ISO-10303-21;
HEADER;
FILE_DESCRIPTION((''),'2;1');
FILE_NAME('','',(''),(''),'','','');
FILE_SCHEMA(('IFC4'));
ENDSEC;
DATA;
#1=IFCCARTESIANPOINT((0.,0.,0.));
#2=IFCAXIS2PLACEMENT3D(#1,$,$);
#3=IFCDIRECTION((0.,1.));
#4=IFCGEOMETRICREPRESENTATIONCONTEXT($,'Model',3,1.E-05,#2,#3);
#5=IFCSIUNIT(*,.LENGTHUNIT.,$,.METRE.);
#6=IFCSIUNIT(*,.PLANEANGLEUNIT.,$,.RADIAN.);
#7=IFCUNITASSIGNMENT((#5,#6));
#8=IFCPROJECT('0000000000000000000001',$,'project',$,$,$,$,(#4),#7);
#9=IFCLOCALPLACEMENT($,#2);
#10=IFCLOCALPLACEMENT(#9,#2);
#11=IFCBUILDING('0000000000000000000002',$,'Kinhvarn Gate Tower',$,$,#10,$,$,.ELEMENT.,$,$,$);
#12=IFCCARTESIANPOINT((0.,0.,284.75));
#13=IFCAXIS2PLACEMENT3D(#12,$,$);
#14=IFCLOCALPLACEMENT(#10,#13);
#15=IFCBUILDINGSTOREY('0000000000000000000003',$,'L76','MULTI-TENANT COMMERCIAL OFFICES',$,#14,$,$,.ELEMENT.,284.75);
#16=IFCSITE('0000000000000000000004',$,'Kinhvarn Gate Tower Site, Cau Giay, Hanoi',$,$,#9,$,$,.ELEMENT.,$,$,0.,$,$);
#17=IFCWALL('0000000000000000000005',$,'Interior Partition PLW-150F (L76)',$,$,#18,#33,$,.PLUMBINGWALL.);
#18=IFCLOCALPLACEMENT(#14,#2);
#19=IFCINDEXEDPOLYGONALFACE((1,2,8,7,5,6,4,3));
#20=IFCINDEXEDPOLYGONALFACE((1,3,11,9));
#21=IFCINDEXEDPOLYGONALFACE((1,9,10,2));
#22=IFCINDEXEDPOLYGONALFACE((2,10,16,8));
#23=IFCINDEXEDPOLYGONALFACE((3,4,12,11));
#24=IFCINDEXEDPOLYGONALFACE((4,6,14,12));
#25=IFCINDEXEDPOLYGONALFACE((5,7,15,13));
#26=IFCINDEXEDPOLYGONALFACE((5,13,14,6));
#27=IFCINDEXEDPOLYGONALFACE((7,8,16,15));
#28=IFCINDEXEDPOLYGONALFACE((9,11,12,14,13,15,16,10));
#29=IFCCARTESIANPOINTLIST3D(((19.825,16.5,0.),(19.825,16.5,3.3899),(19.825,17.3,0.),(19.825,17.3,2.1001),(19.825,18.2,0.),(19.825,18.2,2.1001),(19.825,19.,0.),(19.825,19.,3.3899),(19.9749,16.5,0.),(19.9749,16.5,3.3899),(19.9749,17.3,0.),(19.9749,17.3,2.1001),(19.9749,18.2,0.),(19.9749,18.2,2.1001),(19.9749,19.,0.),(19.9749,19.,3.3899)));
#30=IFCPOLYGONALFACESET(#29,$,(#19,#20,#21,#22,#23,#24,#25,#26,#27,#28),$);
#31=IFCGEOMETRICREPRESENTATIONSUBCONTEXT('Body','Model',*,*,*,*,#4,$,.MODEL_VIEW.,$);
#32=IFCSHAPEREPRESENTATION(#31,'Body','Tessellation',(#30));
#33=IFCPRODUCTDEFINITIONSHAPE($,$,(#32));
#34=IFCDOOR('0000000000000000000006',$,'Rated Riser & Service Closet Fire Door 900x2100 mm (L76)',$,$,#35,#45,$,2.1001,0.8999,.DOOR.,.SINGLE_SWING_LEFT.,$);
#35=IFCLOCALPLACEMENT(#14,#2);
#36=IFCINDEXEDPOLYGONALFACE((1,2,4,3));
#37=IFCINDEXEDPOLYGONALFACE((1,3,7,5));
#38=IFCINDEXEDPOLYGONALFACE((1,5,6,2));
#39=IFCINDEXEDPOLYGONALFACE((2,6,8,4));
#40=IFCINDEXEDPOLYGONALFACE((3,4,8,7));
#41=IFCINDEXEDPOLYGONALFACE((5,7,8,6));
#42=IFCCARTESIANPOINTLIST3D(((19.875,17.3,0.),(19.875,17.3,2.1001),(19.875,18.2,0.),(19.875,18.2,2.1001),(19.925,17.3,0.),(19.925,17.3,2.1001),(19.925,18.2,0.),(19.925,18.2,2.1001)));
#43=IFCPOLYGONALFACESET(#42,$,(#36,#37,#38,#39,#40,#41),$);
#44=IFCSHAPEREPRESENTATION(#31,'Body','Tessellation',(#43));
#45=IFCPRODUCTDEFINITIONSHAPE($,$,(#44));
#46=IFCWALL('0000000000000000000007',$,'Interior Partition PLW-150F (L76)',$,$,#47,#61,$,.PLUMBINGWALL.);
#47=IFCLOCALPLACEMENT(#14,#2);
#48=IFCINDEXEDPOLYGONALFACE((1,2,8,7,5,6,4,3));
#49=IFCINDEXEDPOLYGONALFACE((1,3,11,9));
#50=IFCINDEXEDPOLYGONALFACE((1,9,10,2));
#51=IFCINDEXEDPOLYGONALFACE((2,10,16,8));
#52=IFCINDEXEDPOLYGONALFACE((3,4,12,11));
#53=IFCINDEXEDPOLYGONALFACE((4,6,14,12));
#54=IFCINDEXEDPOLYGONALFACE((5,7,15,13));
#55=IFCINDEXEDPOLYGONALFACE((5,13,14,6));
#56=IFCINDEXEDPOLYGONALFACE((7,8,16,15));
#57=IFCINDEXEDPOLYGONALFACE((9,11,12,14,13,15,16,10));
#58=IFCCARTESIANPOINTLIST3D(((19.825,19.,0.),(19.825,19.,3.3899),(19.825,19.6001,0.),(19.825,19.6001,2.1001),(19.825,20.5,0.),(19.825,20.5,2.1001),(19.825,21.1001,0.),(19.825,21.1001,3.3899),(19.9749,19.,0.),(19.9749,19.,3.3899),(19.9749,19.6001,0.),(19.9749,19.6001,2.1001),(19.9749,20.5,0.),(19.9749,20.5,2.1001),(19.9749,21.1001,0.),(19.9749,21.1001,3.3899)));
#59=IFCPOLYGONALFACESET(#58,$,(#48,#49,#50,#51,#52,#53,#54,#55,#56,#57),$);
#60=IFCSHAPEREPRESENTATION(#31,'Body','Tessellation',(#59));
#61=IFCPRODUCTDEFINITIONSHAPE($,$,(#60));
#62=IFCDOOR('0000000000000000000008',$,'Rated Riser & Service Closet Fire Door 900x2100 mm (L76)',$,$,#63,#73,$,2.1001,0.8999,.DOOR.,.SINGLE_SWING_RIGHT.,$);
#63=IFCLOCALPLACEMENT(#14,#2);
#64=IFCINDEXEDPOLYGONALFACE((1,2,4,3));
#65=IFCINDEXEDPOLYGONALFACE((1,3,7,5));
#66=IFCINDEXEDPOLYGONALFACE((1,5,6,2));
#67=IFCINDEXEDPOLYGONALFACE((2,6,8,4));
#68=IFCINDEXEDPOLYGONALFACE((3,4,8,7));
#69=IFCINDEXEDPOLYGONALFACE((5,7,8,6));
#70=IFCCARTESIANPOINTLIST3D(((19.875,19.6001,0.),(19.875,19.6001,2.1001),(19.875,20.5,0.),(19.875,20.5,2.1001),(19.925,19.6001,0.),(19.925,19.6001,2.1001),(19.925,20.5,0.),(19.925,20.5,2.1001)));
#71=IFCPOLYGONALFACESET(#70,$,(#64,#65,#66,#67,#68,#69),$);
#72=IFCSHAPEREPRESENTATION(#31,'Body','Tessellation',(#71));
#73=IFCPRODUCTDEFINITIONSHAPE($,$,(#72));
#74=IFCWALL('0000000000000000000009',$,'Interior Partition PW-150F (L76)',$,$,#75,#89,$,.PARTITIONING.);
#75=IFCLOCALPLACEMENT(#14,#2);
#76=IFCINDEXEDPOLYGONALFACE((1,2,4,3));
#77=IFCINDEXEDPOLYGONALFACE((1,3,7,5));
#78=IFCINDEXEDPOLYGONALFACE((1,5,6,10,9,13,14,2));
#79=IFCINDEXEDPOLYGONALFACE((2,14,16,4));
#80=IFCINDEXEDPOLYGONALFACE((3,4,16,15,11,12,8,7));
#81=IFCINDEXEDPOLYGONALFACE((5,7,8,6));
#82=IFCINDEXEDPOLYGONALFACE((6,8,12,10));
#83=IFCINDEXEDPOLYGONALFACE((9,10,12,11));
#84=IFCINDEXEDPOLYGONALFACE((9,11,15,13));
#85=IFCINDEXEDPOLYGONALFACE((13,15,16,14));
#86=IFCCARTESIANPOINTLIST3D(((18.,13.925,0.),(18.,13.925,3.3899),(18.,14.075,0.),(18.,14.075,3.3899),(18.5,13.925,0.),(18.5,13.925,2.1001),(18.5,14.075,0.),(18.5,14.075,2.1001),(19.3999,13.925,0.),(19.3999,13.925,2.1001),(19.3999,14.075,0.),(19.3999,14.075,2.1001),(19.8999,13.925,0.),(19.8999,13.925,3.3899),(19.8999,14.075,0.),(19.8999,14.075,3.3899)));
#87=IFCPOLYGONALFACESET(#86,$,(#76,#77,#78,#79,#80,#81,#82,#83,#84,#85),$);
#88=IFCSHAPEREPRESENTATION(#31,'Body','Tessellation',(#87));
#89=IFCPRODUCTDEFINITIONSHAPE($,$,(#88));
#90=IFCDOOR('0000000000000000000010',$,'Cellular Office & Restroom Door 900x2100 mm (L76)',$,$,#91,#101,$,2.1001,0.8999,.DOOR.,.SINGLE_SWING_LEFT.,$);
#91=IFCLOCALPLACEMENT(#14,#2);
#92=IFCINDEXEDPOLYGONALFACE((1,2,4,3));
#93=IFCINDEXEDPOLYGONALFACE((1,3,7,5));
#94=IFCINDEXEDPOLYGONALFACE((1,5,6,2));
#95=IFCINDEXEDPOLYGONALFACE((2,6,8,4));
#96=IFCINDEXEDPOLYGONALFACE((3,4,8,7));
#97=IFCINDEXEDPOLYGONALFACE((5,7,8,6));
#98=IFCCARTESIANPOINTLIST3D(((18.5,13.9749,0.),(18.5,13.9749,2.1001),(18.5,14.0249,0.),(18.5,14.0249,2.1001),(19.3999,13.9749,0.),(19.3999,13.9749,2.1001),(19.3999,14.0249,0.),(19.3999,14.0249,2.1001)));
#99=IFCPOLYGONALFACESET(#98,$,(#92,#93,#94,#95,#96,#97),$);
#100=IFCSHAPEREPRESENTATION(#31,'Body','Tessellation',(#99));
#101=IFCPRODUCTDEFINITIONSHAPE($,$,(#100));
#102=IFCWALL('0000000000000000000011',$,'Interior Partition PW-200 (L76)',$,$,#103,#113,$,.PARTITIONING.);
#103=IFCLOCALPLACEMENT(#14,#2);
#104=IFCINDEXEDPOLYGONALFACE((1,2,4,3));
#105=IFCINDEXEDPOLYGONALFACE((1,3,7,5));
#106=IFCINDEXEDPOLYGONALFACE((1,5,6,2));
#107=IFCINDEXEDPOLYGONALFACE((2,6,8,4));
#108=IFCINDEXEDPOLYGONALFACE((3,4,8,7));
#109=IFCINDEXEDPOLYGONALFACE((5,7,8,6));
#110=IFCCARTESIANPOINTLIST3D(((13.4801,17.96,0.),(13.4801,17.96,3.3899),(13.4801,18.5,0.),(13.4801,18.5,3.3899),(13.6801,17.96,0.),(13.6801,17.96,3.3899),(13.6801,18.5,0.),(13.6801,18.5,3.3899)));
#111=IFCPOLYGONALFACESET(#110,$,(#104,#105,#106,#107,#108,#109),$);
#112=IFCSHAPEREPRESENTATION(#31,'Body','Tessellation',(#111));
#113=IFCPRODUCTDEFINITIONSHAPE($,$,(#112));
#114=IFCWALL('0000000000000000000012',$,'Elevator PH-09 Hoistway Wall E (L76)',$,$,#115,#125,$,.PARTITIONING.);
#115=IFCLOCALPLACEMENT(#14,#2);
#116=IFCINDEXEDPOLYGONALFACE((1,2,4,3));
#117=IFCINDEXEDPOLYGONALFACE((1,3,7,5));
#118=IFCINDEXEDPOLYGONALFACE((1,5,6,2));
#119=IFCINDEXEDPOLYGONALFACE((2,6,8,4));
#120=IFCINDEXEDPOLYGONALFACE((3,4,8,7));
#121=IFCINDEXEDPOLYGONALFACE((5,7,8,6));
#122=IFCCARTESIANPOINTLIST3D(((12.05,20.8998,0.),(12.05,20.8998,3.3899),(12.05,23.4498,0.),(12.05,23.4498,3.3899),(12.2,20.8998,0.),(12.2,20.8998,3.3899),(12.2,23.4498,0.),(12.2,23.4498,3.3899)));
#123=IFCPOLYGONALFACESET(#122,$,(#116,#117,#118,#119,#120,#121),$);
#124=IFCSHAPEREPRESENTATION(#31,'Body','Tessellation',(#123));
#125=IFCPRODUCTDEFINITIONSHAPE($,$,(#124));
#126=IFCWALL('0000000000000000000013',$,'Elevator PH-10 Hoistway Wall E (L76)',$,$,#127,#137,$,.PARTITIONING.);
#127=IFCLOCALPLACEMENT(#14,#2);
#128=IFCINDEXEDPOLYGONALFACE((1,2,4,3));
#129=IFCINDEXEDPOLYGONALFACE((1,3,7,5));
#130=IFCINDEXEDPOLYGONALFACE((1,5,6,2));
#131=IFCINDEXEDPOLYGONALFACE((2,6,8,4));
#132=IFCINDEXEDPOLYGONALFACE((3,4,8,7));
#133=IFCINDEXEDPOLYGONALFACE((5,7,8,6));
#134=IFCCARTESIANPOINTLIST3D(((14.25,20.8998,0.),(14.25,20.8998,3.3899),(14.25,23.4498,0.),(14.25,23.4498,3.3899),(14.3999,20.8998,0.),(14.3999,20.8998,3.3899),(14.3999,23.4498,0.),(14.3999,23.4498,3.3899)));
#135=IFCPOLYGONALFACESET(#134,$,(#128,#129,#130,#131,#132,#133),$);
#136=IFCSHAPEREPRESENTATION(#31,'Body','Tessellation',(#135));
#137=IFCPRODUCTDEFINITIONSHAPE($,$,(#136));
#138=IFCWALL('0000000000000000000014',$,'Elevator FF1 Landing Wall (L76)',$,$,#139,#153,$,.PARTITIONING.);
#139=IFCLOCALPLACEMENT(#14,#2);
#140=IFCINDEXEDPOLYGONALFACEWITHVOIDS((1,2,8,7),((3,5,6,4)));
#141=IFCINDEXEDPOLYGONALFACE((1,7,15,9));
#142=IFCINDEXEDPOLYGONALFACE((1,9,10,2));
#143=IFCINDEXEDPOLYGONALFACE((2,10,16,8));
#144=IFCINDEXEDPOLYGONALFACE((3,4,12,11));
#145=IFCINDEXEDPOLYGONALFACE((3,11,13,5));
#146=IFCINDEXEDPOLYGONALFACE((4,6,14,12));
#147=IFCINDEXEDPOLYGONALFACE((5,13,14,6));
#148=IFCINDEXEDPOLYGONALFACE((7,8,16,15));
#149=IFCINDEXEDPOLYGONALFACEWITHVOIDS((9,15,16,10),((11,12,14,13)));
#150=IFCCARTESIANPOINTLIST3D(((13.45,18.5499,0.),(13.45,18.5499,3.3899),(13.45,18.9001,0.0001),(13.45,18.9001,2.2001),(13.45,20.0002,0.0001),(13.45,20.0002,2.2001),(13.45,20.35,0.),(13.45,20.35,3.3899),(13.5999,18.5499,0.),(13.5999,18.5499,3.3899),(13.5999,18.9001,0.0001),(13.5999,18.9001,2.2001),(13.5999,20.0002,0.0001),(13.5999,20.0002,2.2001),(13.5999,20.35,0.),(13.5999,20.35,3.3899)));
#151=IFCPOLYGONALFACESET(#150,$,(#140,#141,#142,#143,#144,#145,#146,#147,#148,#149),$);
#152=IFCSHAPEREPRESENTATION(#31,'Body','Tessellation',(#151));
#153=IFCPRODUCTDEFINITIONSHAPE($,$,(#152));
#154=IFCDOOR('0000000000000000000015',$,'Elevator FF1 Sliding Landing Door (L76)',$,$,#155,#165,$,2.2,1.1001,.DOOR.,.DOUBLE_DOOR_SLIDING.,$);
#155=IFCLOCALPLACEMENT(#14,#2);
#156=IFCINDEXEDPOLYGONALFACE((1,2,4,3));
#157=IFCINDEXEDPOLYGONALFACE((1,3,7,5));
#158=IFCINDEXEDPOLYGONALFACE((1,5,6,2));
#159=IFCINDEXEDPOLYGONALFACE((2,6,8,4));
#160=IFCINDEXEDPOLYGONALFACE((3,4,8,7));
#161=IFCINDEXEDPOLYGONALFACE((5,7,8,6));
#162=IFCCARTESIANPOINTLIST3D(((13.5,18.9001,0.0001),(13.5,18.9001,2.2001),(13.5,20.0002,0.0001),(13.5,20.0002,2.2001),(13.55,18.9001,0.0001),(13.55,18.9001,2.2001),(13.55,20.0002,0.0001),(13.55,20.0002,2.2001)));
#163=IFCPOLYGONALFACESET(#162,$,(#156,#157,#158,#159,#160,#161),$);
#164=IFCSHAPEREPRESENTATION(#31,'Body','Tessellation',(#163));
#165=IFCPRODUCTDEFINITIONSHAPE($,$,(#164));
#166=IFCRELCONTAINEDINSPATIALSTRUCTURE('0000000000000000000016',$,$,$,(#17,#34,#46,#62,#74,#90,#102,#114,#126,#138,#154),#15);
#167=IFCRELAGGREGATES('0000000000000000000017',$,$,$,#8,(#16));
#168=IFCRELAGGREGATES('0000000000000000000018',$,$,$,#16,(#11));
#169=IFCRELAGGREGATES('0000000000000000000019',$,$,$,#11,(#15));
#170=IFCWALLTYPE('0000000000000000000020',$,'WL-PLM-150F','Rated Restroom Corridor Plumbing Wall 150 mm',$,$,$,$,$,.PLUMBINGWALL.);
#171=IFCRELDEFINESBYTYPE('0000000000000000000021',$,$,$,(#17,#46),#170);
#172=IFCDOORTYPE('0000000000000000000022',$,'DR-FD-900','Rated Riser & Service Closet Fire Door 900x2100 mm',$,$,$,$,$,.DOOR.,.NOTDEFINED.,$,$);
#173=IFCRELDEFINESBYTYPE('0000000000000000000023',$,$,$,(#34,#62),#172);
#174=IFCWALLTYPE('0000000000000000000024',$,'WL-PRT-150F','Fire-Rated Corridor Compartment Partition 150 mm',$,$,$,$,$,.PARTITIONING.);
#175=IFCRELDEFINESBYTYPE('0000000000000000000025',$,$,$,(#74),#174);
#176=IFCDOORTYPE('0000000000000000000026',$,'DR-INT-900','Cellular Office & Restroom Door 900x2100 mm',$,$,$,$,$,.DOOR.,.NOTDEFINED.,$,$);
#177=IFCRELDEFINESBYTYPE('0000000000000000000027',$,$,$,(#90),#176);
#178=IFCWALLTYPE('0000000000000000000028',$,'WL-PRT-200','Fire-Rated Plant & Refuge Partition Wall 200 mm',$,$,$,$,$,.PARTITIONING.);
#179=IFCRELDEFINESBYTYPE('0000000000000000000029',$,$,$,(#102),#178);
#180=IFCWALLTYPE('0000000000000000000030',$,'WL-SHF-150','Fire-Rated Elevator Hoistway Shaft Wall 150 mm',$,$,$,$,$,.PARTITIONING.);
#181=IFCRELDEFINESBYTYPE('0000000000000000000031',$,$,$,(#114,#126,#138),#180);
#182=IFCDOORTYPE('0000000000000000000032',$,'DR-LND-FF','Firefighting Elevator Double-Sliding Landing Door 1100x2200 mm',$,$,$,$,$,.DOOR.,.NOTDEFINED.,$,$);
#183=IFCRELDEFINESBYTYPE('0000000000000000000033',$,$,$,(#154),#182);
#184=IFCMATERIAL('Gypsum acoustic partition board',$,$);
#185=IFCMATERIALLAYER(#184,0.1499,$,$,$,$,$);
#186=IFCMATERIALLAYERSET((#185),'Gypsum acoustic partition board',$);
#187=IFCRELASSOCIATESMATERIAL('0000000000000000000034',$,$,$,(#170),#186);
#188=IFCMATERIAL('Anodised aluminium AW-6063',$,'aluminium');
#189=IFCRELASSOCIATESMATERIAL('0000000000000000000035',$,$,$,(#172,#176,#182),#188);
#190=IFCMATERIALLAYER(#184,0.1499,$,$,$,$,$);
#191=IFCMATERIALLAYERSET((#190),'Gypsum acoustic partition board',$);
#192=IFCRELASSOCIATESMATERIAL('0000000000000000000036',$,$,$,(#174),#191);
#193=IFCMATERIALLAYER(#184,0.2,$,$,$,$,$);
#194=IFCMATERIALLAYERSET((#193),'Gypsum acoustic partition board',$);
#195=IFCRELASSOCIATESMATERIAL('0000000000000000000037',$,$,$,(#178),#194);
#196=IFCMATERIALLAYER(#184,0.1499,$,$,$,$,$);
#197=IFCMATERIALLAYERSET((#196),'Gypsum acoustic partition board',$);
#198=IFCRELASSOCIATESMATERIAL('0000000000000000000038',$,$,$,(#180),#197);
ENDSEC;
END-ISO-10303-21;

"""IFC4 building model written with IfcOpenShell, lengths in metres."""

from ifc_helpers import new_model, si_unit, direction, frame, frame_2d, origin, place, context, subcontext, project, spatial, rectangle, extrude, material, layer, layer_set, type_object, element, fill, save


model = new_model("IFC4")

# Units and contexts
model_context = context("Model", 3, precision=1e-05, world=origin(), true_north=direction((0.0, 1.0)))
body_context = subcontext(model_context, "Body", "Model", "MODEL_VIEW")
ifc_project = project(units=[si_unit("LENGTHUNIT", "METRE"), si_unit("PLANEANGLEUNIT", "RADIAN")], contexts=[model_context])

# Site, building, storey
site_placement = place(None, origin())
site = spatial("IfcSite", under=ifc_project, at=site_placement, Name="Kinhvarn Gate Tower Site, Cau Giay, Hanoi", CompositionType="ELEMENT", RefElevation=0.0)
building_placement = place(site_placement, origin())
building = spatial("IfcBuilding", under=site, at=building_placement, Name="Kinhvarn Gate Tower", CompositionType="ELEMENT")
storey_placement = place(building_placement, frame((0.0, 0.0, 284.75)))
storey = spatial("IfcBuildingStorey", under=building, at=storey_placement, Name="L76", Description="MULTI-TENANT COMMERCIAL OFFICES", CompositionType="ELEMENT", Elevation=284.75)

# Shared definitions
ifc_material_1 = material(Name="Anodised aluminium AW-6063", Category="aluminium")

# Shared definitions
ifc_material_2 = material(Name="Gypsum acoustic partition board")

# Walls, openings, doors
ifc_layer_1 = layer(ifc_material_2, 0.1499)
ifc_layer_set_1 = layer_set([ifc_layer_1], Name="Gypsum acoustic partition board")
wall_type_1 = type_object("IfcWallType", Name="WL-PLM-150F", Description="Rated Restroom Corridor Plumbing Wall 150 mm", PredefinedType="PLUMBINGWALL", material=ifc_layer_set_1)
door_type_1 = type_object("IfcDoorType", Name="DR-FD-900", Description="Rated Riser & Service Closet Fire Door 900x2100 mm", OperationType="NOTDEFINED", PredefinedType="DOOR", material=ifc_material_1)
wall_1_placement = place(storey_placement, frame((19.8999, 16.5, 0.0), z_axis=(0.0, 0.0, 1.0), x_axis=(0.0, 1.0, 0.0)))
wall_1 = element("IfcWall", 1, at=wall_1_placement, inside=storey, type_object=wall_type_1, Name="Interior Partition PLW-150F (L76)", PredefinedType="PLUMBINGWALL", context=body_context, shape_type="SweptSolid", body=[
    extrude(rectangle(XDim=2.5, YDim=0.1499, at=frame_2d((1.25, 0.0))), origin(), (0.0, 0.0, 1.0), 3.3899),
])
opening_1_placement = place(wall_1_placement, frame((0.8, 0.0, 0.0)))
opening_1 = element("IfcOpeningElement", 2, at=opening_1_placement, cuts=wall_1, PredefinedType="OPENING", context=body_context, shape_type="SweptSolid", body=[
    extrude(rectangle(XDim=0.8999, YDim=2.1001, at=frame_2d((0.45, 1.05))), frame((0.0, 0.085, 0.0), z_axis=(0.0, -1.0, 0.0), x_axis=(1.0, 0.0, 0.0)), (0.0, 0.0, 1.0), 0.1699),
])
door_1_placement = place(opening_1_placement, origin())
door_1 = element("IfcDoor", 3, at=door_1_placement, inside=storey, type_object=door_type_1, Name="Rated Riser & Service Closet Fire Door 900x2100 mm (L76)", OperationType="SINGLE_SWING_LEFT", OverallHeight=2.1001, OverallWidth=0.8999, PredefinedType="DOOR", context=body_context, shape_type="SweptSolid", body=[
    extrude(rectangle(XDim=0.8999, YDim=2.1001, at=frame_2d((0.45, 1.05))), frame((0.0, 0.0249, 0.0), z_axis=(0.0, -1.0, 0.0), x_axis=(1.0, 0.0, 0.0)), (0.0, 0.0, 1.0), 0.05),
])
fill(opening_1, door_1)
wall_2_placement = place(storey_placement, frame((19.8999, 19.0, 0.0), z_axis=(0.0, 0.0, 1.0), x_axis=(0.0, 1.0, 0.0)))
wall_2 = element("IfcWall", 4, at=wall_2_placement, inside=storey, type_object=wall_type_1, Name="Interior Partition PLW-150F (L76)", PredefinedType="PLUMBINGWALL", context=body_context, shape_type="SweptSolid", body=[
    extrude(rectangle(XDim=2.1001, YDim=0.1499, at=frame_2d((1.05, 0.0))), origin(), (0.0, 0.0, 1.0), 3.3899),
])
opening_2_placement = place(wall_2_placement, frame((0.6001, 0.0, 0.0)))
opening_2 = element("IfcOpeningElement", 5, at=opening_2_placement, cuts=wall_2, PredefinedType="OPENING", context=body_context, shape_type="SweptSolid", body=[
    extrude(rectangle(XDim=0.8999, YDim=2.1001, at=frame_2d((0.45, 1.05))), frame((0.0, 0.085, 0.0), z_axis=(0.0, -1.0, 0.0), x_axis=(1.0, 0.0, 0.0)), (0.0, 0.0, 1.0), 0.1699),
])
door_2_placement = place(opening_2_placement, origin())
door_2 = element("IfcDoor", 6, at=door_2_placement, inside=storey, type_object=door_type_1, Name="Rated Riser & Service Closet Fire Door 900x2100 mm (L76)", OperationType="SINGLE_SWING_RIGHT", OverallHeight=2.1001, OverallWidth=0.8999, PredefinedType="DOOR", context=body_context, shape_type="SweptSolid", body=[
    extrude(rectangle(XDim=0.8999, YDim=2.1001, at=frame_2d((0.45, 1.05))), frame((0.0, 0.0249, 0.0), z_axis=(0.0, -1.0, 0.0), x_axis=(1.0, 0.0, 0.0)), (0.0, 0.0, 1.0), 0.05),
])
fill(opening_2, door_2)
ifc_layer_2 = layer(ifc_material_2, 0.1499)
ifc_layer_set_2 = layer_set([ifc_layer_2], Name="Gypsum acoustic partition board")
wall_type_2 = type_object("IfcWallType", Name="WL-PRT-150F", Description="Fire-Rated Corridor Compartment Partition 150 mm", PredefinedType="PARTITIONING", material=ifc_layer_set_2)
wall_3_placement = place(storey_placement, frame((18.0, 14.0, 0.0), z_axis=(0.0, 0.0, 1.0), x_axis=(1.0, 0.0, 0.0)))
wall_3 = element("IfcWall", 7, at=wall_3_placement, inside=storey, type_object=wall_type_2, Name="Interior Partition PW-150F (L76)", PredefinedType="PARTITIONING", context=body_context, shape_type="SweptSolid", body=[
    extrude(rectangle(XDim=1.8999, YDim=0.1499, at=frame_2d((0.95, 0.0))), origin(), (0.0, 0.0, 1.0), 3.3899),
])
opening_3_placement = place(wall_3_placement, frame((0.5, 0.0, 0.0)))
opening_3 = element("IfcOpeningElement", 8, at=opening_3_placement, cuts=wall_3, PredefinedType="OPENING", context=body_context, shape_type="SweptSolid", body=[
    extrude(rectangle(XDim=0.8999, YDim=2.1001, at=frame_2d((0.45, 1.05))), frame((0.0, 0.085, 0.0), z_axis=(0.0, -1.0, 0.0), x_axis=(1.0, 0.0, 0.0)), (0.0, 0.0, 1.0), 0.1699),
])
door_type_2 = type_object("IfcDoorType", Name="DR-INT-900", Description="Cellular Office & Restroom Door 900x2100 mm", OperationType="NOTDEFINED", PredefinedType="DOOR", material=ifc_material_1)
door_3_placement = place(opening_3_placement, origin())
door_3 = element("IfcDoor", 9, at=door_3_placement, inside=storey, type_object=door_type_2, Name="Cellular Office & Restroom Door 900x2100 mm (L76)", OperationType="SINGLE_SWING_LEFT", OverallHeight=2.1001, OverallWidth=0.8999, PredefinedType="DOOR", context=body_context, shape_type="SweptSolid", body=[
    extrude(rectangle(XDim=0.8999, YDim=2.1001, at=frame_2d((0.45, 1.05))), frame((0.0, 0.0249, 0.0), z_axis=(0.0, -1.0, 0.0), x_axis=(1.0, 0.0, 0.0)), (0.0, 0.0, 1.0), 0.05),
])
fill(opening_3, door_3)

# Walls
ifc_layer_3 = layer(ifc_material_2, 0.2)
ifc_layer_set_3 = layer_set([ifc_layer_3], Name="Gypsum acoustic partition board")
wall_type_3 = type_object("IfcWallType", Name="WL-PRT-200", Description="Fire-Rated Plant & Refuge Partition Wall 200 mm", PredefinedType="PARTITIONING", material=ifc_layer_set_3)
wall_4_placement = place(storey_placement, frame((13.5801, 17.96, 0.0), z_axis=(0.0, 0.0, 1.0), x_axis=(0.0, 1.0, 0.0)))
element("IfcWall", 10, at=wall_4_placement, inside=storey, type_object=wall_type_3, Name="Interior Partition PW-200 (L76)", PredefinedType="PARTITIONING", context=body_context, shape_type="SweptSolid", body=[
    extrude(rectangle(XDim=0.54, YDim=0.2, at=frame_2d((0.27, 0.0))), origin(), (0.0, 0.0, 1.0), 3.3899),
])
ifc_layer_4 = layer(ifc_material_2, 0.1499)
ifc_layer_set_4 = layer_set([ifc_layer_4], Name="Gypsum acoustic partition board")
wall_type_4 = type_object("IfcWallType", Name="WL-SHF-150", Description="Fire-Rated Elevator Hoistway Shaft Wall 150 mm", PredefinedType="PARTITIONING", material=ifc_layer_set_4)
for number, where, z_axis, x_axis, name in (
    (11, (12.125, 20.8999, 0.0), (0.0, 0.0, 1.0), (0.0, 1.0, 0.0), "Elevator PH-09 Hoistway Wall E (L76)"),
    (12, (14.325, 20.8999, 0.0), (0.0, 0.0, 1.0), (0.0, 1.0, 0.0), "Elevator PH-10 Hoistway Wall E (L76)"),
):
    element("IfcWall", number, at=place(storey_placement, frame(where, z_axis=z_axis, x_axis=x_axis)), inside=storey, type_object=wall_type_4, Name=name, PredefinedType="PARTITIONING", context=body_context, shape_type="SweptSolid", body=[
        extrude(rectangle(XDim=2.55, YDim=0.1499, at=frame_2d((1.2749, 0.0))), origin(), (0.0, 0.0, 1.0), 3.3899),
    ])

# Wall, opening, door
wall_5_placement = place(storey_placement, frame((13.5249, 18.55, 0.0), z_axis=(0.0, 0.0, 1.0), x_axis=(0.0, 1.0, 0.0)))
wall_5 = element("IfcWall", 13, at=wall_5_placement, inside=storey, type_object=wall_type_4, Name="Elevator FF1 Landing Wall (L76)", PredefinedType="PARTITIONING", context=body_context, shape_type="SweptSolid", body=[
    extrude(rectangle(XDim=1.8, YDim=0.1499, at=frame_2d((0.8999, 0.0))), origin(), (0.0, 0.0, 1.0), 3.3899),
])
opening_4_placement = place(wall_5_placement, frame((0.3501, 0.0, 0.0)))
opening_4 = element("IfcOpeningElement", 14, at=opening_4_placement, cuts=wall_5, PredefinedType="OPENING", context=body_context, shape_type="SweptSolid", body=[
    extrude(rectangle(XDim=1.1001, YDim=2.2, at=frame_2d((0.55, 1.1001))), frame((0.0, 0.085, 0.0), z_axis=(0.0, -1.0, 0.0), x_axis=(1.0, 0.0, 0.0)), (0.0, 0.0, 1.0), 0.1699),
])
door_type_3 = type_object("IfcDoorType", Name="DR-LND-FF", Description="Firefighting Elevator Double-Sliding Landing Door 1100x2200 mm", OperationType="NOTDEFINED", PredefinedType="DOOR", material=ifc_material_1)
door_4_placement = place(opening_4_placement, origin())
door_4 = element("IfcDoor", 15, at=door_4_placement, inside=storey, type_object=door_type_3, Name="Elevator FF1 Sliding Landing Door (L76)", OperationType="DOUBLE_DOOR_SLIDING", OverallHeight=2.2, OverallWidth=1.1001, PredefinedType="DOOR", context=body_context, shape_type="SweptSolid", body=[
    extrude(rectangle(XDim=1.1001, YDim=2.2, at=frame_2d((0.55, 1.1001))), frame((0.0, 0.0249, 0.0), z_axis=(0.0, -1.0, 0.0), x_axis=(1.0, 0.0, 0.0)), (0.0, 0.0, 1.0), 0.05),
])
fill(opening_4, door_4)

save(model, "model.ifc")
